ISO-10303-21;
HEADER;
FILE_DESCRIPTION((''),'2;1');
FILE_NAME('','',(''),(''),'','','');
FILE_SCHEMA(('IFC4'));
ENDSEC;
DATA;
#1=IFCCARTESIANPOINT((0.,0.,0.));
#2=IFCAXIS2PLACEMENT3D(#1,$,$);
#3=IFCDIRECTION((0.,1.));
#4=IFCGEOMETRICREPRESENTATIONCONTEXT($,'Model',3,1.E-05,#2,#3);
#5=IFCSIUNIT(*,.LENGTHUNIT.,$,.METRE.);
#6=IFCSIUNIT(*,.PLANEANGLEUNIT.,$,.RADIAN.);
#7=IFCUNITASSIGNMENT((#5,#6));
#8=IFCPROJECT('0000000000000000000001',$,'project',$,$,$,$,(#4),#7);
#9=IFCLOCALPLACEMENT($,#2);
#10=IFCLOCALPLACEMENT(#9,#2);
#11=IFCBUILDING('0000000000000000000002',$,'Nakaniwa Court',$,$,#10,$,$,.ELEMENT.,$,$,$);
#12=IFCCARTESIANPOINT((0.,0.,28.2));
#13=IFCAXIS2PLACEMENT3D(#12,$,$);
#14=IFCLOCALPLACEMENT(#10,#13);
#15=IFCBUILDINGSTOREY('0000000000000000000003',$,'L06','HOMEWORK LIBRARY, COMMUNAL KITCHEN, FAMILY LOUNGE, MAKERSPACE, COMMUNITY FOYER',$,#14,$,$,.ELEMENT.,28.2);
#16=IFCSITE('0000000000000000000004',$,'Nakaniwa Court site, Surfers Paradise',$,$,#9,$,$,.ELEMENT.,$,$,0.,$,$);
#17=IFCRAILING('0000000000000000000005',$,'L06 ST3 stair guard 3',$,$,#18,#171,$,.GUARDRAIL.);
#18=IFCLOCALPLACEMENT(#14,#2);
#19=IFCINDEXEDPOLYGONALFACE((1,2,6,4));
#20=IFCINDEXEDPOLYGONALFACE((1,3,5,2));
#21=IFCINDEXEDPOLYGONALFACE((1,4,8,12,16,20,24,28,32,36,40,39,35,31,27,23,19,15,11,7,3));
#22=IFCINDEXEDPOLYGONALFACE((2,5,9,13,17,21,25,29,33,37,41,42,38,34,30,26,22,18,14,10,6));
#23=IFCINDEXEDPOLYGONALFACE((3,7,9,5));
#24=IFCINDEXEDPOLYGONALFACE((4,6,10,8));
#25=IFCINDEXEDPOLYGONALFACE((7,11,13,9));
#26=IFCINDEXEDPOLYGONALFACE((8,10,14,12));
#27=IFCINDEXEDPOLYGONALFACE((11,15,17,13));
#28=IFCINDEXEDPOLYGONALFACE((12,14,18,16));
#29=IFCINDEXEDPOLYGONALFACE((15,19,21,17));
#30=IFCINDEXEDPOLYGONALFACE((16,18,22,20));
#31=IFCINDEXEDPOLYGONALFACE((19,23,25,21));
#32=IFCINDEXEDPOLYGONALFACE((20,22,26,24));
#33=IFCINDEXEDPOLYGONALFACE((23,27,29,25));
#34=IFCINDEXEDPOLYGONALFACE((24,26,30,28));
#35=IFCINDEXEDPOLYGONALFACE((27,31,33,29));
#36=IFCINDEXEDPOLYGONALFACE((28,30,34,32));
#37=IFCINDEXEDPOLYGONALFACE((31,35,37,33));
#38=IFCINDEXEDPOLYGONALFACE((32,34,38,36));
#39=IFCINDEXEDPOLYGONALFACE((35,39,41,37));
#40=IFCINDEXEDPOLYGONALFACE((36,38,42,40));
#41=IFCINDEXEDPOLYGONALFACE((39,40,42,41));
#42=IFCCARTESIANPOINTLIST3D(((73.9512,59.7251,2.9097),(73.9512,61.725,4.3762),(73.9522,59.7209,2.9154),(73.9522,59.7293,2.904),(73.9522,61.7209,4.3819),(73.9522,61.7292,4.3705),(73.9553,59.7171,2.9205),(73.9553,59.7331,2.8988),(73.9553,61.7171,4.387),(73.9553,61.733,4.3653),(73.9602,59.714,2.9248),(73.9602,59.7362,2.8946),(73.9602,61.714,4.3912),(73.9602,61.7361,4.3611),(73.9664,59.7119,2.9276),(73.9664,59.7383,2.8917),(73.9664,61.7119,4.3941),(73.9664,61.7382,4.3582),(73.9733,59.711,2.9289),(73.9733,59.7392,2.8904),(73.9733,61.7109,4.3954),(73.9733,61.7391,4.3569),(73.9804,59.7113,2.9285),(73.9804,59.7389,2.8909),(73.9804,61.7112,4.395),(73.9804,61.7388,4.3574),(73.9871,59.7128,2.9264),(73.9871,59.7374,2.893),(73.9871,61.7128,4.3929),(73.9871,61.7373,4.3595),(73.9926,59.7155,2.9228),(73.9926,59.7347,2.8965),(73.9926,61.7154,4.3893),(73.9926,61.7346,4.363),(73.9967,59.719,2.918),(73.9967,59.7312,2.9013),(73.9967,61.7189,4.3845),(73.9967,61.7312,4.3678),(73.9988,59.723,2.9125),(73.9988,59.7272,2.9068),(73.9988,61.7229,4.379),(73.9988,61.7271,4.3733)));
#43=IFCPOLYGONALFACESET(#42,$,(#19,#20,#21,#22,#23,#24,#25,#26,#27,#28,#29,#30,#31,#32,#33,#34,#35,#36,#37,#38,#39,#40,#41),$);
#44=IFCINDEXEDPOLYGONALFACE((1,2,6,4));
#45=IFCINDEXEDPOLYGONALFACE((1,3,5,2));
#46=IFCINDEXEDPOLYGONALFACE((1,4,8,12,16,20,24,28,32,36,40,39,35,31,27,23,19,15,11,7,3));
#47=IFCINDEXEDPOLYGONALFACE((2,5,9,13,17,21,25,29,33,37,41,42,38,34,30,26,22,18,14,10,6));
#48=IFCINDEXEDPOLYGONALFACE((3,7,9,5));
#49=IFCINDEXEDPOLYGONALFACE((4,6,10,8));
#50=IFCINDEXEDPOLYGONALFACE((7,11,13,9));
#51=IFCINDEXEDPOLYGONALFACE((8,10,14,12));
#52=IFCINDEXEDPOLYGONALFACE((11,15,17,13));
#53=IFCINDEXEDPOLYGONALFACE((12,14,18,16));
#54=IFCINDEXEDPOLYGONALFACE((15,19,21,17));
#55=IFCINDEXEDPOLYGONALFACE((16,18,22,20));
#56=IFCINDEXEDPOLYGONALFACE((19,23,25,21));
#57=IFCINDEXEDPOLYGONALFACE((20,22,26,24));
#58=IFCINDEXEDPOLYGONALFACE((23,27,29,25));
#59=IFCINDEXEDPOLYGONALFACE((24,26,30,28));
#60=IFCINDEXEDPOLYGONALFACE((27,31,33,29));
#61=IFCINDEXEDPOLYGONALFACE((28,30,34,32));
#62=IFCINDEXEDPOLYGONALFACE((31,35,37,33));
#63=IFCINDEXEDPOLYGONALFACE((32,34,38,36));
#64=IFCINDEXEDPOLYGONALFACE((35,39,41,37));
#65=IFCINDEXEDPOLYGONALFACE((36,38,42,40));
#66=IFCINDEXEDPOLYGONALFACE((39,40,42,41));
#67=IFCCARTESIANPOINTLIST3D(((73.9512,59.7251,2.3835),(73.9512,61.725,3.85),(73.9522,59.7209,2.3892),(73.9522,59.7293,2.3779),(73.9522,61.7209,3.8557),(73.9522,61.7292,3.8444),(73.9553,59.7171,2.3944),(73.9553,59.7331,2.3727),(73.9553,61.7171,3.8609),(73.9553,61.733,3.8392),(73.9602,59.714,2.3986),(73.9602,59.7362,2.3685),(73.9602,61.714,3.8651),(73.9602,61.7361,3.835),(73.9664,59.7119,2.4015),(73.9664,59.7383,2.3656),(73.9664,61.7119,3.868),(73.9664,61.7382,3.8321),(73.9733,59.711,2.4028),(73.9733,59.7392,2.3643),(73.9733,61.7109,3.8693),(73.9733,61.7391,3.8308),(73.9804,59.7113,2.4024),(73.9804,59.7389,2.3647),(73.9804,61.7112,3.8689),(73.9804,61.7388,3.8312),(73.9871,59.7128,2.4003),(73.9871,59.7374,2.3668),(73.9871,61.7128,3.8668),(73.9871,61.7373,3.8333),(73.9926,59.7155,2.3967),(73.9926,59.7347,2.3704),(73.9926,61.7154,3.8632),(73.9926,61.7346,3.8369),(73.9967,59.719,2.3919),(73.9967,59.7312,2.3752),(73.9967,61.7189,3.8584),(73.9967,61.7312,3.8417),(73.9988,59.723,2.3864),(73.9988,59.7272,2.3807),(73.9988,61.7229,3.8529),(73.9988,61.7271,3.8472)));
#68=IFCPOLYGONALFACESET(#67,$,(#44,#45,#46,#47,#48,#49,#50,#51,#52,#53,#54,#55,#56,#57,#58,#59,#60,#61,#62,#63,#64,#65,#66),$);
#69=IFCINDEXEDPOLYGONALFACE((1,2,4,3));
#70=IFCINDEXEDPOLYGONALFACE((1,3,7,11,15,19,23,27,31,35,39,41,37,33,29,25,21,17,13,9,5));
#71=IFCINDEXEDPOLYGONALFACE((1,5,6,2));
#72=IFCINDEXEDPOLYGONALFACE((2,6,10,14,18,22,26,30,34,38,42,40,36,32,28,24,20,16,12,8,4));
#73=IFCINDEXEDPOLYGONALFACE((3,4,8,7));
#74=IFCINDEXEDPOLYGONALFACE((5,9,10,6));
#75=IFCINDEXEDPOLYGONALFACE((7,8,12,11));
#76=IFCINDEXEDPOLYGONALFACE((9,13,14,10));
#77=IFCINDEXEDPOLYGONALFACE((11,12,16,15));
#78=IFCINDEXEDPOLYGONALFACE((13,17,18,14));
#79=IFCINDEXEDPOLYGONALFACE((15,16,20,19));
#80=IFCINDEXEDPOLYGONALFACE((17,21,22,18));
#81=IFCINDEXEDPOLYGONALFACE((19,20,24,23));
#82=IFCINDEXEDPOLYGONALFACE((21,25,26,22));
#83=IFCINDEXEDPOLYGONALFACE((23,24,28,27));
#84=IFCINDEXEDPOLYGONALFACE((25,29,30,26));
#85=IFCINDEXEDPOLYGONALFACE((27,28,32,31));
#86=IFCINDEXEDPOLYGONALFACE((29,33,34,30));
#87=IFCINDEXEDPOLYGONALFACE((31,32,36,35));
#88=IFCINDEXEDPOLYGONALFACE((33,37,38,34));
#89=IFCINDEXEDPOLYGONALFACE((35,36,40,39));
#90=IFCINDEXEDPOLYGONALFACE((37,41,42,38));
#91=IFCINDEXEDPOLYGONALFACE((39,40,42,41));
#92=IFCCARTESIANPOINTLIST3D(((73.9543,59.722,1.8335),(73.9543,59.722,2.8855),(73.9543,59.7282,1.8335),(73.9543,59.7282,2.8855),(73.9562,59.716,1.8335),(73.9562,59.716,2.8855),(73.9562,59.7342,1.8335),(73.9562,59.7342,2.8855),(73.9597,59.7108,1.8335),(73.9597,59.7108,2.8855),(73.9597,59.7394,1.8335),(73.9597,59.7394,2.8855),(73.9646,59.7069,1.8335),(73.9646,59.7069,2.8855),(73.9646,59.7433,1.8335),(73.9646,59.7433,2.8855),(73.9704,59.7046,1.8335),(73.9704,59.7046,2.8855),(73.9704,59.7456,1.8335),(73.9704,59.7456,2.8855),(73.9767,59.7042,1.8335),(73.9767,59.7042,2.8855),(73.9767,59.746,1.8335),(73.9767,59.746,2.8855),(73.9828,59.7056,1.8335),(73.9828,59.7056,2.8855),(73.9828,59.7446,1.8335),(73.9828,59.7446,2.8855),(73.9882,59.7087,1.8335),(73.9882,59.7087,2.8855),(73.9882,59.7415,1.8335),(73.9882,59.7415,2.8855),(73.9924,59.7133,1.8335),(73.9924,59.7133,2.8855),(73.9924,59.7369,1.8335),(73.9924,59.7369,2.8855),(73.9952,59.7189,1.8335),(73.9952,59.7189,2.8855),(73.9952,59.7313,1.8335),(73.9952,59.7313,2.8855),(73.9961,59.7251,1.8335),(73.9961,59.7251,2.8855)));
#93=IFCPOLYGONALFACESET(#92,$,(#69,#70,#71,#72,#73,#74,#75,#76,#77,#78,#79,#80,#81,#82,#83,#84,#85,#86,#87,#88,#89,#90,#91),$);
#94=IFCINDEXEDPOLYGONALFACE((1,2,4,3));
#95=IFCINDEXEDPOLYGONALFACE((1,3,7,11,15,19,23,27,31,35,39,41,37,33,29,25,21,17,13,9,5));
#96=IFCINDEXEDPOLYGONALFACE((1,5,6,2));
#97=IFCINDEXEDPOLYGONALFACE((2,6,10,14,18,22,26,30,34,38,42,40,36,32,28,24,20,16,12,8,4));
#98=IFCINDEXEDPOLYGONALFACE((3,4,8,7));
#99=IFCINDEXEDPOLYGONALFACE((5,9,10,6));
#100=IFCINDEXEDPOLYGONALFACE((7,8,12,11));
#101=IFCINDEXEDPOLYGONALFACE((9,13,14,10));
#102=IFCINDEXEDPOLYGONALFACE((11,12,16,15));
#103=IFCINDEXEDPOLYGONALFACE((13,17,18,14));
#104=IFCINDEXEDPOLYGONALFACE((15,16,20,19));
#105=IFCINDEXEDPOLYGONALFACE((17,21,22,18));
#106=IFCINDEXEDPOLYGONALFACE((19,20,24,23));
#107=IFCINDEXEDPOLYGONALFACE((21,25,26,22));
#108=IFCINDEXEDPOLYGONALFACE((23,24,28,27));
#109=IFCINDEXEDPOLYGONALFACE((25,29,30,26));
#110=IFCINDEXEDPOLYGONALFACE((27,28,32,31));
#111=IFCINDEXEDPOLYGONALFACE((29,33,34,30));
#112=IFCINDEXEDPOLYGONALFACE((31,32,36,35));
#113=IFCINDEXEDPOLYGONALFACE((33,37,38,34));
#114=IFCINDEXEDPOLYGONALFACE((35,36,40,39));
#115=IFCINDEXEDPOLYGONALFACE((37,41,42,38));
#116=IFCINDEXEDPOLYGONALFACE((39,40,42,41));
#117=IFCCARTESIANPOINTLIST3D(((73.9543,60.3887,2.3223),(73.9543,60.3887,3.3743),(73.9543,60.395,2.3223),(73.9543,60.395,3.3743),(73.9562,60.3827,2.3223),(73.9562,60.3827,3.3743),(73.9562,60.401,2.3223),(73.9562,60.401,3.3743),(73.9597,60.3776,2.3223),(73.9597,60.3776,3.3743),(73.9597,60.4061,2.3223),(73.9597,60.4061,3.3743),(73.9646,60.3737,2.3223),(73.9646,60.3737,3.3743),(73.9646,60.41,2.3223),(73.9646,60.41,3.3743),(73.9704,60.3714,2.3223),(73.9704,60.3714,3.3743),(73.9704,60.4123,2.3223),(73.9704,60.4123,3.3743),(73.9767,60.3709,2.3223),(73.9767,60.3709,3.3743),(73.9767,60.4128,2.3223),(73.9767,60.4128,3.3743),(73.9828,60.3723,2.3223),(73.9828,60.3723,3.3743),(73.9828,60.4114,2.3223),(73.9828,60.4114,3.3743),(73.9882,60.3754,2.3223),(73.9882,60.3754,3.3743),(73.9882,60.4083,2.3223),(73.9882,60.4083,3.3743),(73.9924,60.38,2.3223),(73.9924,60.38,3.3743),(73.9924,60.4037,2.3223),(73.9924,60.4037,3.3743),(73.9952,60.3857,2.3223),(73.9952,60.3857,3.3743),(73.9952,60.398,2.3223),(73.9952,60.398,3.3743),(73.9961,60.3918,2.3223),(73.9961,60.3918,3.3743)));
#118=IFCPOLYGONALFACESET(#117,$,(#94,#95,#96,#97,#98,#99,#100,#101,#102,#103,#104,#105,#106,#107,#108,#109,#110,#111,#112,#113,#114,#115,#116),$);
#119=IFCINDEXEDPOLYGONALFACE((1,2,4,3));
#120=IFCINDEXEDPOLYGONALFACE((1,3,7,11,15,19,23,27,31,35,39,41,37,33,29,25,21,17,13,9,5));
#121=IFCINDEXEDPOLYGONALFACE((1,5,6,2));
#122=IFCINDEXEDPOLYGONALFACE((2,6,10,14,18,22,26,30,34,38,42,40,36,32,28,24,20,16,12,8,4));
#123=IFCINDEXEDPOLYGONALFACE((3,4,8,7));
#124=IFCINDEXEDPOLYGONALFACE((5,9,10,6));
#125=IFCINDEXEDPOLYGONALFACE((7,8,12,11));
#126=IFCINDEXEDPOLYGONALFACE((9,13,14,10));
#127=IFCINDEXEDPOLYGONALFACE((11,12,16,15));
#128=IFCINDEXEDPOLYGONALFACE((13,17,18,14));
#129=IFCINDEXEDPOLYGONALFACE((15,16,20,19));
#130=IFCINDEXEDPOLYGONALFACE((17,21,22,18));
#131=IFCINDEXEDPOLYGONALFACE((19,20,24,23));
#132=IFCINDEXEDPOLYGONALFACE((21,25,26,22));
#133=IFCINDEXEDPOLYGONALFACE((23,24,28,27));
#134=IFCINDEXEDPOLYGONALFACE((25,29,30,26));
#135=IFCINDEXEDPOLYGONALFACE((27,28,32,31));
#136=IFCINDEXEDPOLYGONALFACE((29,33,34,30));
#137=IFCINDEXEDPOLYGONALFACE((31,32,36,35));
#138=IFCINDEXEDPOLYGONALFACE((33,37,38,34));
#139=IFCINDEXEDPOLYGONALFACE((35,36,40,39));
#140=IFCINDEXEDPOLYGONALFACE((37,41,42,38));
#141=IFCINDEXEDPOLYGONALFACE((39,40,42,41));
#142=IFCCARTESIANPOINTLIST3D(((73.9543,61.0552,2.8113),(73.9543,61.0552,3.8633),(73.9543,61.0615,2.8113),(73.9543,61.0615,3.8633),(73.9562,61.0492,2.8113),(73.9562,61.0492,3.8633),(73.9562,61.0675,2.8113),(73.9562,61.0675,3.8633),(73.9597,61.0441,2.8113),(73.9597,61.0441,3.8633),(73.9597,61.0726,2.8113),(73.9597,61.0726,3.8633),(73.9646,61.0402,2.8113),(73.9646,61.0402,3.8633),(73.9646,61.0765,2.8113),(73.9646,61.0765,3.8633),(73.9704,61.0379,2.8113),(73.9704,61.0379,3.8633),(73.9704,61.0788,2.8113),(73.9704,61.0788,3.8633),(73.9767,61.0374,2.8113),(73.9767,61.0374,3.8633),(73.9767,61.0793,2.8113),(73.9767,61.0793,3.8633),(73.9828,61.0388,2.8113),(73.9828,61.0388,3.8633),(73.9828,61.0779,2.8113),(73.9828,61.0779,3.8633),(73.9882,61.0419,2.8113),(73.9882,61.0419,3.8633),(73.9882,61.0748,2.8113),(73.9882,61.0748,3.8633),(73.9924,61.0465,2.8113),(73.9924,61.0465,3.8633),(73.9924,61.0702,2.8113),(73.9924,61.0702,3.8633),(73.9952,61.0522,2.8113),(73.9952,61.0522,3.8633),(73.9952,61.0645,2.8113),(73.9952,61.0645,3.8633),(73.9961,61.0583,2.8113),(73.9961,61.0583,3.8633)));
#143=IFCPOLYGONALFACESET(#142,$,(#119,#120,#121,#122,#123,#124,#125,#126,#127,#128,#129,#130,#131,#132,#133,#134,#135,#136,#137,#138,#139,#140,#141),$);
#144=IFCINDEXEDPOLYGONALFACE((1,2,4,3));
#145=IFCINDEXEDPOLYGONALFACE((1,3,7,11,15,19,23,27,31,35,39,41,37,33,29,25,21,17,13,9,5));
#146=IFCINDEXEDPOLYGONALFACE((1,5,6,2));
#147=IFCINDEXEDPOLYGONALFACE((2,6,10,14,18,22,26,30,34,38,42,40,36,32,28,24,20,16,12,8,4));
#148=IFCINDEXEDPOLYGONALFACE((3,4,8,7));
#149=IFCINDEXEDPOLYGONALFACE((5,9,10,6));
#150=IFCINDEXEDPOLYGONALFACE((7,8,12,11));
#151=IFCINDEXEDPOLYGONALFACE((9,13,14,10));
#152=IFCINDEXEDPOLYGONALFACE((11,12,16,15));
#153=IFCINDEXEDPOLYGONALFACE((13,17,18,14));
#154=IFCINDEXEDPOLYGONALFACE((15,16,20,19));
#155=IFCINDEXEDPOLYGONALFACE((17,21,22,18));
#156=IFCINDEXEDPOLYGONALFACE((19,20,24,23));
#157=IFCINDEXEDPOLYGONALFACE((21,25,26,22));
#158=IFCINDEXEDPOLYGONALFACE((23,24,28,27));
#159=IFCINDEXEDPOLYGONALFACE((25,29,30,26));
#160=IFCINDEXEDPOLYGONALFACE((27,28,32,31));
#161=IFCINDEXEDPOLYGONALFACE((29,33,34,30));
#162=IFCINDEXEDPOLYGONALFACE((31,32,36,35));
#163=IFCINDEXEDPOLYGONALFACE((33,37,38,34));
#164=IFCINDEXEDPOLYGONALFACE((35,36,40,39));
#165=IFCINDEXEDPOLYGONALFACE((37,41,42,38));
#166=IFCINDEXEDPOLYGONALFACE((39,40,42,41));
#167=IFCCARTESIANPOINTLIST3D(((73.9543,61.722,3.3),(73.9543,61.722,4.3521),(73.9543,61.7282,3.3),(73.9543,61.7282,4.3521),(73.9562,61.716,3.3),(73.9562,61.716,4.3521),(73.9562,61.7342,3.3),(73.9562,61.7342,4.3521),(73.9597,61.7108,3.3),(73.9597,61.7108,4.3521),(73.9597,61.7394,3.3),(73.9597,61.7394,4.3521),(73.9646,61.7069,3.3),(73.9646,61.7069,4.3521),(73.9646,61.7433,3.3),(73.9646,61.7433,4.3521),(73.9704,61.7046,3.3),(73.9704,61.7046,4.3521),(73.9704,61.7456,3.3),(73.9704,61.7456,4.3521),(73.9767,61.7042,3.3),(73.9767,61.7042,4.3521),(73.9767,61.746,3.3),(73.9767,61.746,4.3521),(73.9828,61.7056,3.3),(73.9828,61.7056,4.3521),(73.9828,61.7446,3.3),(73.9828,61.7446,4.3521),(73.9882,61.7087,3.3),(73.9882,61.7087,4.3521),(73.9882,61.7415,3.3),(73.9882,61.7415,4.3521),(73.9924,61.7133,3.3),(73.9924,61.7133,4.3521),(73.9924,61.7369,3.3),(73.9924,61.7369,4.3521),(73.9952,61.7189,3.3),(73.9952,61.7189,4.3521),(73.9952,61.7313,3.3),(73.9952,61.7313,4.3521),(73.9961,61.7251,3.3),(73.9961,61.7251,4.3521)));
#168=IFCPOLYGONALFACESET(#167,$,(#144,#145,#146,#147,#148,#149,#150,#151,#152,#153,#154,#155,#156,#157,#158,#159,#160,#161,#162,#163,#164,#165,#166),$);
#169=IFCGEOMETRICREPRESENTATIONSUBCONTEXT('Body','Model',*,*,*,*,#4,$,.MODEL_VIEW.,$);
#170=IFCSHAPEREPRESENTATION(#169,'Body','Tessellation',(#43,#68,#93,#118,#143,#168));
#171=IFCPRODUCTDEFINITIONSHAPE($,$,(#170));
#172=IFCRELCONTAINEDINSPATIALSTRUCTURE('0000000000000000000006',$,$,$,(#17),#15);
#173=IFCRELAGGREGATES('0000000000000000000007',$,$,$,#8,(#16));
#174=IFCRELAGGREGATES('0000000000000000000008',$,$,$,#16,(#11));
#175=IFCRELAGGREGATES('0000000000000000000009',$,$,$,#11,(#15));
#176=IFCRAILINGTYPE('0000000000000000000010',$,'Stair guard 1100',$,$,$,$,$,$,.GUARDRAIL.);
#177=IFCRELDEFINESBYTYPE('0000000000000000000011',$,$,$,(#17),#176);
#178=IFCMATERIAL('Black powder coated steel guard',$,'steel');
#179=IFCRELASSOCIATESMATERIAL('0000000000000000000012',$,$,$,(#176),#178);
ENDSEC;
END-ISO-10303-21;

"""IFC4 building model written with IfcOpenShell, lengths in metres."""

from ifc_helpers import new_model, si_unit, direction, frame, origin, origin_2d, place, context, subcontext, project, spatial, circle, extrude, material, type_object, element, save


model = new_model("IFC4")

# Units and contexts
model_context = context("Model", 3, precision=1e-05, world=origin(), true_north=direction((0.0, 1.0)))
body_context = subcontext(model_context, "Body", "Model", "MODEL_VIEW")
ifc_project = project(units=[si_unit("LENGTHUNIT", "METRE"), si_unit("PLANEANGLEUNIT", "RADIAN")], contexts=[model_context])

# Site, building, storey
site_placement = place(None, origin())
site = spatial("IfcSite", under=ifc_project, at=site_placement, Name="Nakaniwa Court site, Surfers Paradise", CompositionType="ELEMENT", RefElevation=0.0)
building_placement = place(site_placement, origin())
building = spatial("IfcBuilding", under=site, at=building_placement, Name="Nakaniwa Court", CompositionType="ELEMENT")
storey_placement = place(building_placement, frame((0.0, 0.0, 28.2)))
storey = spatial("IfcBuildingStorey", under=building, at=storey_placement, Name="L06", Description="HOMEWORK LIBRARY, COMMUNAL KITCHEN, FAMILY LOUNGE, MAKERSPACE, COMMUNITY FOYER", CompositionType="ELEMENT", Elevation=28.2)

# Railing
ifc_material_1 = material(Name="Black powder coated steel guard", Category="steel")
railing_type_1 = type_object("IfcRailingType", Name="Stair guard 1100", PredefinedType="GUARDRAIL", material=ifc_material_1)
railing_1_placement = place(storey_placement, frame((73.9751, 59.7251, 1.8335)))
element("IfcRailing", 1, at=railing_1_placement, inside=storey, type_object=railing_type_1, Name="L06 ST3 stair guard 3", PredefinedType="GUARDRAIL", context=body_context, shape_type="SweptSolid", body=[
    extrude(circle(Radius=0.0239, at=origin_2d()), frame((0.0, 0.0, 1.0762), z_axis=(0.0, 0.806427, 0.591334), x_axis=(-1.0, 0.0, 0.0)), (0.0, 0.0, 1.0), 2.48),
    extrude(circle(Radius=0.0239, at=origin_2d()), frame((0.0, 0.0, 0.55), z_axis=(0.0, 0.806427, 0.591334), x_axis=(-1.0, 0.0, 0.0)), (0.0, 0.0, 1.0), 2.48),
    extrude(circle(Radius=0.021, at=origin_2d()), origin(), (0.0, 0.0, 1.0), 1.052),
    extrude(circle(Radius=0.021, at=origin_2d()), frame((0.0, 0.6667, 0.4888)), (0.0, 0.0, 1.0), 1.052),
    extrude(circle(Radius=0.021, at=origin_2d()), frame((0.0, 1.3333, 0.9778)), (0.0, 0.0, 1.0), 1.052),
    extrude(circle(Radius=0.021, at=origin_2d()), frame((0.0, 2.0, 1.4666)), (0.0, 0.0, 1.0), 1.052),
])

save(model, "model.ifc")
